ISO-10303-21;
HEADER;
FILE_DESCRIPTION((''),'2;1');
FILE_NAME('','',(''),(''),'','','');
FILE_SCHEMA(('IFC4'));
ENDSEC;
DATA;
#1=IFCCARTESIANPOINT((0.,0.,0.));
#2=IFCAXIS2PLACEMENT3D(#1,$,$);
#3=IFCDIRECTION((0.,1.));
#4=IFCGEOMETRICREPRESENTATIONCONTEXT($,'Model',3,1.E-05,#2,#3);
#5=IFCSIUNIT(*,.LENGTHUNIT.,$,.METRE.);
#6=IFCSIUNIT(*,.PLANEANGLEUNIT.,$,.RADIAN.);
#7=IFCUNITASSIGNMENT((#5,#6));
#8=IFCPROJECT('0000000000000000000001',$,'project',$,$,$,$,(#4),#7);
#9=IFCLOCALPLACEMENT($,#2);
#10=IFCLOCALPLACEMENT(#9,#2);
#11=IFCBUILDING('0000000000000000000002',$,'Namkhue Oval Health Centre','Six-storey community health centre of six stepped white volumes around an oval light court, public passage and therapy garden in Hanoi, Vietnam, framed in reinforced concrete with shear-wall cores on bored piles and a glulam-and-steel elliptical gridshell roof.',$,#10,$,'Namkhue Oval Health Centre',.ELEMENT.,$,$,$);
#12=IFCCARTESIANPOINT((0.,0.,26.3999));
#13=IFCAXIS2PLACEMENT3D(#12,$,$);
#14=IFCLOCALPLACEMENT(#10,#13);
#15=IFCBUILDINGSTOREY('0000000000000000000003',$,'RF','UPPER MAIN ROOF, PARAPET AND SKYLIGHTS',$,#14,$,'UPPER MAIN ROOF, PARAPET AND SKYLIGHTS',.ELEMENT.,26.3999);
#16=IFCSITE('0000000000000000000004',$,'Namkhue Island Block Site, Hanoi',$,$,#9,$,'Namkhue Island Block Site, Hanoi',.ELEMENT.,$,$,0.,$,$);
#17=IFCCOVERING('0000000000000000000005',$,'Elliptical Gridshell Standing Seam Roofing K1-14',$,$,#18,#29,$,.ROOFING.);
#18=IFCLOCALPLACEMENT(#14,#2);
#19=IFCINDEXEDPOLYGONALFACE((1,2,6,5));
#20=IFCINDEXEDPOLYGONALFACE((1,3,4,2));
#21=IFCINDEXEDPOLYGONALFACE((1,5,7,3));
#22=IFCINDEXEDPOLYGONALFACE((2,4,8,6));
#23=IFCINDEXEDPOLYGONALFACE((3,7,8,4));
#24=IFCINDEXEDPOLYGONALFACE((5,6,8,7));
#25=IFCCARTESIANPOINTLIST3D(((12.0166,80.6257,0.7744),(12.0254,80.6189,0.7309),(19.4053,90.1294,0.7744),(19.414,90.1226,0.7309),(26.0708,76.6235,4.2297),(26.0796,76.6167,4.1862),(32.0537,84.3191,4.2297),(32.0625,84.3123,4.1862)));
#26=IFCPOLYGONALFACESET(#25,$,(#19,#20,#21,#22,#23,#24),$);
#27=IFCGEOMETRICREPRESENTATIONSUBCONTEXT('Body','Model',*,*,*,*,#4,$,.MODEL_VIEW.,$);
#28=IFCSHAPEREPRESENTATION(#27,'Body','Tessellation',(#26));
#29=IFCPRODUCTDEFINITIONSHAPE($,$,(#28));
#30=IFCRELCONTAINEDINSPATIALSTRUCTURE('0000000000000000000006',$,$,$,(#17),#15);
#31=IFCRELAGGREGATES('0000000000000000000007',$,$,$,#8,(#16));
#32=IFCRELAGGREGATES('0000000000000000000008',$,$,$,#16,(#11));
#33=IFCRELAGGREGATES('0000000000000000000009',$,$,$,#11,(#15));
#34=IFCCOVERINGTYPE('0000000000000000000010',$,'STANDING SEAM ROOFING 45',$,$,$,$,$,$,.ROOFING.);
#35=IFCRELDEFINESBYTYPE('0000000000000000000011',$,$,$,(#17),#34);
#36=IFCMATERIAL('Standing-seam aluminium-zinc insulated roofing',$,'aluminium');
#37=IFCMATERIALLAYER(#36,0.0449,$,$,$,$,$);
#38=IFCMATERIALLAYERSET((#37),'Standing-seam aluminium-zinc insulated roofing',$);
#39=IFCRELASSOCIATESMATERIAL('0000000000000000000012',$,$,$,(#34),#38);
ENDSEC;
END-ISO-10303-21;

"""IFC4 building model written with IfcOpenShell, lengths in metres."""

from ifc_helpers import new_model, si_unit, direction, frame, origin, place, context, subcontext, project, spatial, polyline, outline, extrude, material, layer, layer_set, type_object, element, save


model = new_model("IFC4")

# Units and contexts
model_context = context("Model", 3, precision=1e-05, world=origin(), true_north=direction((0.0, 1.0)))
body_context = subcontext(model_context, "Body", "Model", "MODEL_VIEW")
ifc_project = project(units=[si_unit("LENGTHUNIT", "METRE"), si_unit("PLANEANGLEUNIT", "RADIAN")], contexts=[model_context])

# Site, building, storey
site_placement = place(None, origin())
site = spatial("IfcSite", under=ifc_project, at=site_placement, Name="Namkhue Island Block Site, Hanoi", LongName="Namkhue Island Block Site, Hanoi", CompositionType="ELEMENT", RefElevation=0.0)
building_placement = place(site_placement, origin())
building = spatial("IfcBuilding", under=site, at=building_placement, Name="Namkhue Oval Health Centre", Description="Six-storey community health centre of six stepped white volumes around an oval light court, public passage and therapy garden in Hanoi, Vietnam, framed in reinforced concrete with shear-wall cores on bored piles and a glulam-and-steel elliptical gridshell roof.", LongName="Namkhue Oval Health Centre", CompositionType="ELEMENT")
storey_placement = place(building_placement, frame((0.0, 0.0, 26.3999)))
storey = spatial("IfcBuildingStorey", under=building, at=storey_placement, Name="RF", Description="UPPER MAIN ROOF, PARAPET AND SKYLIGHTS", LongName="UPPER MAIN ROOF, PARAPET AND SKYLIGHTS", CompositionType="ELEMENT", Elevation=26.3999)

# Covering
ifc_material_1 = material(Name="Standing-seam aluminium-zinc insulated roofing", Category="aluminium")
ifc_layer_1 = layer(ifc_material_1, 0.0449)
ifc_layer_set_1 = layer_set([ifc_layer_1], Name="Standing-seam aluminium-zinc insulated roofing")
covering_type_1 = type_object("IfcCoveringType", Name="STANDING SEAM ROOFING 45", PredefinedType="ROOFING", material=ifc_layer_set_1)
covering_1_placement = place(storey_placement, frame((19.4053, 90.1294, 0.7744), z_axis=(-0.195052, 0.151644, 0.968999), x_axis=(-0.613782, -0.789476, 0.0)))
element("IfcCovering", 1, at=covering_1_placement, inside=storey, type_object=covering_type_1, Name="Elliptical Gridshell Standing Seam Roofing K1-14", PredefinedType="ROOFING", context=body_context, shape_type="SweptSolid", body=[
    extrude(outline(polyline([(0.0, 0.0), (12.0379, 0.0), (6.5714, 13.9855), (-3.1763, 13.9855), (0.0, 0.0)])), origin(), (0.0, 0.0, -1.0), 0.0449),
])

save(model, "model.ifc")
